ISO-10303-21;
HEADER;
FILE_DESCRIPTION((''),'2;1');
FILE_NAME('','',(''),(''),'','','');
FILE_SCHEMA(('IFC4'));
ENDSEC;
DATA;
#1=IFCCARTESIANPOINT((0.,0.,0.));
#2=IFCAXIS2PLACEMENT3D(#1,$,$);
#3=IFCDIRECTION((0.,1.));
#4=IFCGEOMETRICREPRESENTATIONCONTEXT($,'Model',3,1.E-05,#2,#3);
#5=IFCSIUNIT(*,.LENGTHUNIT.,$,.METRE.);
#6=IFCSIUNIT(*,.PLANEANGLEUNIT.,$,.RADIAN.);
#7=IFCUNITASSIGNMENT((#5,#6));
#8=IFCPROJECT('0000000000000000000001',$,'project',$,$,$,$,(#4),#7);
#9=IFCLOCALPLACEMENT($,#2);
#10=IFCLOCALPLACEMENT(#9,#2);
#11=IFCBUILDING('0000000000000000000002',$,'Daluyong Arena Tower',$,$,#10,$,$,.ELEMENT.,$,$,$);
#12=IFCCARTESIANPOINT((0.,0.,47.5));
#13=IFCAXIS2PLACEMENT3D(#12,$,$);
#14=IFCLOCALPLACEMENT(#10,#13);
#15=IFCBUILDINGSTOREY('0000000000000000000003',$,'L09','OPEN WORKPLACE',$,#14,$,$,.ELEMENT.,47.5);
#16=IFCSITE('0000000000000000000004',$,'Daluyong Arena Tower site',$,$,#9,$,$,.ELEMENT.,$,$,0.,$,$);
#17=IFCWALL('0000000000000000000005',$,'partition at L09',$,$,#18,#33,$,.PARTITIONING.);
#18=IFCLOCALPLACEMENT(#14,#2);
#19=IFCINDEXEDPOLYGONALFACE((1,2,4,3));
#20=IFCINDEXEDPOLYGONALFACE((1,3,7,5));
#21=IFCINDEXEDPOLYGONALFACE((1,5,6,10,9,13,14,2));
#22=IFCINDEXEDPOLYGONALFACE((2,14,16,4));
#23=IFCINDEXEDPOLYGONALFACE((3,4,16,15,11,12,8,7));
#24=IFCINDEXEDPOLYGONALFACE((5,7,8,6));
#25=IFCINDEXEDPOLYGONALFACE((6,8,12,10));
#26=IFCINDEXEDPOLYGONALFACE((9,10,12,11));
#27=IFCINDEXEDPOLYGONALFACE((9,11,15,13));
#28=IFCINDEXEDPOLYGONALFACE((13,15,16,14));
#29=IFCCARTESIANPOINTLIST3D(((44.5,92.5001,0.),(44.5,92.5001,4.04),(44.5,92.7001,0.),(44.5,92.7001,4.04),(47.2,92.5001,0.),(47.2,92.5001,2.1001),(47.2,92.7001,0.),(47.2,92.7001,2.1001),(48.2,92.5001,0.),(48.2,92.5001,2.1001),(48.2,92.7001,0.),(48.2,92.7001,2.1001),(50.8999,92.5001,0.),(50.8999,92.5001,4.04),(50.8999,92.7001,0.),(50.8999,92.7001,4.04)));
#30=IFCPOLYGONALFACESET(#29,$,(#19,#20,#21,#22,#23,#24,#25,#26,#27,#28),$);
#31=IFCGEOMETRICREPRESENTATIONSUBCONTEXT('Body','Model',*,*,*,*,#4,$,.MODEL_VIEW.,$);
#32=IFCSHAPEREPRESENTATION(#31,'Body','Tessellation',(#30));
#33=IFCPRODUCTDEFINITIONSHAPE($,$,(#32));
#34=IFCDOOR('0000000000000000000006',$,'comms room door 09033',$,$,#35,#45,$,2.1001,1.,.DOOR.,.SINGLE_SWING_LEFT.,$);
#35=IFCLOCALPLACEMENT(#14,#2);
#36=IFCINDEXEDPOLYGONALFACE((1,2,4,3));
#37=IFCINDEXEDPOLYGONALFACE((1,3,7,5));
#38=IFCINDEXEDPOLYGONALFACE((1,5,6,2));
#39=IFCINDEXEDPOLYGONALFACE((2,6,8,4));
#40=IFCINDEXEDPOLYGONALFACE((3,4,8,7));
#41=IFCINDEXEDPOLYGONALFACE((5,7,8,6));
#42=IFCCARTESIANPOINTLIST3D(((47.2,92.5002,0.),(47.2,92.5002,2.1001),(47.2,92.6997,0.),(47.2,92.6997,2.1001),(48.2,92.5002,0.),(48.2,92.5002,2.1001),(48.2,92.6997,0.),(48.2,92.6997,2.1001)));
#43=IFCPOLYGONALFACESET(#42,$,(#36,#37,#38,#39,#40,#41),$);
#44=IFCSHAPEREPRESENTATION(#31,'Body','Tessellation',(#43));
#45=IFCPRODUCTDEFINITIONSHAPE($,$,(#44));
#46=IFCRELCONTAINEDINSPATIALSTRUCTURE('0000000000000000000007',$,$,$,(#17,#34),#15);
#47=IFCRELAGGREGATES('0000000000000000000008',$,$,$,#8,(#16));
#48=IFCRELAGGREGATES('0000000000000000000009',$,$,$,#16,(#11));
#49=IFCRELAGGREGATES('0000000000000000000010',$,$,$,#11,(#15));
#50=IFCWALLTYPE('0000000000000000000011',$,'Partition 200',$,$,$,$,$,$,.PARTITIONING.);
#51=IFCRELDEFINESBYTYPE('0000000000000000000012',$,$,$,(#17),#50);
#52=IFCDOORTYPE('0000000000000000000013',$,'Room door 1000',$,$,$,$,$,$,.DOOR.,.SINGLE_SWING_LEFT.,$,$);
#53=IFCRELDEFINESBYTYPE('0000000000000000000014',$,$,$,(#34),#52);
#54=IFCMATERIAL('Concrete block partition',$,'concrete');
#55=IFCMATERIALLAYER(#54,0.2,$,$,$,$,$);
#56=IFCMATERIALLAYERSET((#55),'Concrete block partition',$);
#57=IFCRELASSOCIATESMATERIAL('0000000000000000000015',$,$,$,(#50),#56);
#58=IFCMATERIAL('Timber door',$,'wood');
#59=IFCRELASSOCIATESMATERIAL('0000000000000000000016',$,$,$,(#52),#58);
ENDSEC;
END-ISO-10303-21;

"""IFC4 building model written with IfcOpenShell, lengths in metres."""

from ifc_helpers import new_model, si_unit, direction, frame, frame_2d, origin, place, context, subcontext, project, spatial, rectangle, extrude, material, layer, layer_set, type_object, element, fill, save


model = new_model("IFC4")

# Units and contexts
model_context = context("Model", 3, precision=1e-05, world=origin(), true_north=direction((0.0, 1.0)))
body_context = subcontext(model_context, "Body", "Model", "MODEL_VIEW")
ifc_project = project(units=[si_unit("LENGTHUNIT", "METRE"), si_unit("PLANEANGLEUNIT", "RADIAN")], contexts=[model_context])

# Site, building, storey
site_placement = place(None, origin())
site = spatial("IfcSite", under=ifc_project, at=site_placement, Name="Daluyong Arena Tower site", CompositionType="ELEMENT", RefElevation=0.0)
building_placement = place(site_placement, origin())
building = spatial("IfcBuilding", under=site, at=building_placement, Name="Daluyong Arena Tower", CompositionType="ELEMENT")
storey_placement = place(building_placement, frame((0.0, 0.0, 47.5)))
storey = spatial("IfcBuildingStorey", under=building, at=storey_placement, Name="L09", Description="OPEN WORKPLACE", CompositionType="ELEMENT", Elevation=47.5)

# Wall, opening, door
ifc_material_1 = material(Name="Concrete block partition", Category="concrete")
ifc_layer_1 = layer(ifc_material_1, 0.2)
ifc_layer_set_1 = layer_set([ifc_layer_1], Name="Concrete block partition")
wall_type_1 = type_object("IfcWallType", Name="Partition 200", PredefinedType="PARTITIONING", material=ifc_layer_set_1)
wall_1_placement = place(storey_placement, frame((44.5, 92.6001, 0.0), z_axis=(0.0, 0.0, 1.0), x_axis=(1.0, 0.0, 0.0)))
wall_1 = element("IfcWall", 1, at=wall_1_placement, inside=storey, type_object=wall_type_1, Name="partition at L09", PredefinedType="PARTITIONING", context=body_context, shape_type="SweptSolid", body=[
    extrude(rectangle(XDim=6.3999, YDim=0.2, at=frame_2d((3.2, 0.0))), origin(), (0.0, 0.0, 1.0), 4.04),
])
opening_1_placement = place(wall_1_placement, frame((2.7, 0.0, 0.0)))
opening_1 = element("IfcOpeningElement", 2, at=opening_1_placement, cuts=wall_1, PredefinedType="OPENING", context=body_context, shape_type="SweptSolid", body=[
    extrude(rectangle(XDim=1.0, YDim=2.1001, at=frame_2d((0.5, 1.05))), frame((0.0, 0.1099, 0.0), z_axis=(0.0, -1.0, 0.0), x_axis=(1.0, 0.0, 0.0)), (0.0, 0.0, 1.0), 0.22),
])
ifc_material_2 = material(Name="Timber door", Category="wood")
door_type_1 = type_object("IfcDoorType", Name="Room door 1000", OperationType="SINGLE_SWING_LEFT", PredefinedType="DOOR", material=ifc_material_2)
door_1_placement = place(opening_1_placement, origin())
door_1 = element("IfcDoor", 3, at=door_1_placement, inside=storey, type_object=door_type_1, Name="comms room door 09033", OperationType="SINGLE_SWING_LEFT", OverallHeight=2.1001, OverallWidth=1.0, PredefinedType="DOOR", context=body_context, shape_type="SweptSolid", body=[
    extrude(rectangle(XDim=1.0, YDim=2.1001, at=frame_2d((0.5, 1.05))), frame((0.0, 0.0996, 0.0), z_axis=(0.0, -1.0, 0.0), x_axis=(1.0, 0.0, 0.0)), (0.0, 0.0, 1.0), 0.1995),
])
fill(opening_1, door_1)

save(model, "model.ifc")
